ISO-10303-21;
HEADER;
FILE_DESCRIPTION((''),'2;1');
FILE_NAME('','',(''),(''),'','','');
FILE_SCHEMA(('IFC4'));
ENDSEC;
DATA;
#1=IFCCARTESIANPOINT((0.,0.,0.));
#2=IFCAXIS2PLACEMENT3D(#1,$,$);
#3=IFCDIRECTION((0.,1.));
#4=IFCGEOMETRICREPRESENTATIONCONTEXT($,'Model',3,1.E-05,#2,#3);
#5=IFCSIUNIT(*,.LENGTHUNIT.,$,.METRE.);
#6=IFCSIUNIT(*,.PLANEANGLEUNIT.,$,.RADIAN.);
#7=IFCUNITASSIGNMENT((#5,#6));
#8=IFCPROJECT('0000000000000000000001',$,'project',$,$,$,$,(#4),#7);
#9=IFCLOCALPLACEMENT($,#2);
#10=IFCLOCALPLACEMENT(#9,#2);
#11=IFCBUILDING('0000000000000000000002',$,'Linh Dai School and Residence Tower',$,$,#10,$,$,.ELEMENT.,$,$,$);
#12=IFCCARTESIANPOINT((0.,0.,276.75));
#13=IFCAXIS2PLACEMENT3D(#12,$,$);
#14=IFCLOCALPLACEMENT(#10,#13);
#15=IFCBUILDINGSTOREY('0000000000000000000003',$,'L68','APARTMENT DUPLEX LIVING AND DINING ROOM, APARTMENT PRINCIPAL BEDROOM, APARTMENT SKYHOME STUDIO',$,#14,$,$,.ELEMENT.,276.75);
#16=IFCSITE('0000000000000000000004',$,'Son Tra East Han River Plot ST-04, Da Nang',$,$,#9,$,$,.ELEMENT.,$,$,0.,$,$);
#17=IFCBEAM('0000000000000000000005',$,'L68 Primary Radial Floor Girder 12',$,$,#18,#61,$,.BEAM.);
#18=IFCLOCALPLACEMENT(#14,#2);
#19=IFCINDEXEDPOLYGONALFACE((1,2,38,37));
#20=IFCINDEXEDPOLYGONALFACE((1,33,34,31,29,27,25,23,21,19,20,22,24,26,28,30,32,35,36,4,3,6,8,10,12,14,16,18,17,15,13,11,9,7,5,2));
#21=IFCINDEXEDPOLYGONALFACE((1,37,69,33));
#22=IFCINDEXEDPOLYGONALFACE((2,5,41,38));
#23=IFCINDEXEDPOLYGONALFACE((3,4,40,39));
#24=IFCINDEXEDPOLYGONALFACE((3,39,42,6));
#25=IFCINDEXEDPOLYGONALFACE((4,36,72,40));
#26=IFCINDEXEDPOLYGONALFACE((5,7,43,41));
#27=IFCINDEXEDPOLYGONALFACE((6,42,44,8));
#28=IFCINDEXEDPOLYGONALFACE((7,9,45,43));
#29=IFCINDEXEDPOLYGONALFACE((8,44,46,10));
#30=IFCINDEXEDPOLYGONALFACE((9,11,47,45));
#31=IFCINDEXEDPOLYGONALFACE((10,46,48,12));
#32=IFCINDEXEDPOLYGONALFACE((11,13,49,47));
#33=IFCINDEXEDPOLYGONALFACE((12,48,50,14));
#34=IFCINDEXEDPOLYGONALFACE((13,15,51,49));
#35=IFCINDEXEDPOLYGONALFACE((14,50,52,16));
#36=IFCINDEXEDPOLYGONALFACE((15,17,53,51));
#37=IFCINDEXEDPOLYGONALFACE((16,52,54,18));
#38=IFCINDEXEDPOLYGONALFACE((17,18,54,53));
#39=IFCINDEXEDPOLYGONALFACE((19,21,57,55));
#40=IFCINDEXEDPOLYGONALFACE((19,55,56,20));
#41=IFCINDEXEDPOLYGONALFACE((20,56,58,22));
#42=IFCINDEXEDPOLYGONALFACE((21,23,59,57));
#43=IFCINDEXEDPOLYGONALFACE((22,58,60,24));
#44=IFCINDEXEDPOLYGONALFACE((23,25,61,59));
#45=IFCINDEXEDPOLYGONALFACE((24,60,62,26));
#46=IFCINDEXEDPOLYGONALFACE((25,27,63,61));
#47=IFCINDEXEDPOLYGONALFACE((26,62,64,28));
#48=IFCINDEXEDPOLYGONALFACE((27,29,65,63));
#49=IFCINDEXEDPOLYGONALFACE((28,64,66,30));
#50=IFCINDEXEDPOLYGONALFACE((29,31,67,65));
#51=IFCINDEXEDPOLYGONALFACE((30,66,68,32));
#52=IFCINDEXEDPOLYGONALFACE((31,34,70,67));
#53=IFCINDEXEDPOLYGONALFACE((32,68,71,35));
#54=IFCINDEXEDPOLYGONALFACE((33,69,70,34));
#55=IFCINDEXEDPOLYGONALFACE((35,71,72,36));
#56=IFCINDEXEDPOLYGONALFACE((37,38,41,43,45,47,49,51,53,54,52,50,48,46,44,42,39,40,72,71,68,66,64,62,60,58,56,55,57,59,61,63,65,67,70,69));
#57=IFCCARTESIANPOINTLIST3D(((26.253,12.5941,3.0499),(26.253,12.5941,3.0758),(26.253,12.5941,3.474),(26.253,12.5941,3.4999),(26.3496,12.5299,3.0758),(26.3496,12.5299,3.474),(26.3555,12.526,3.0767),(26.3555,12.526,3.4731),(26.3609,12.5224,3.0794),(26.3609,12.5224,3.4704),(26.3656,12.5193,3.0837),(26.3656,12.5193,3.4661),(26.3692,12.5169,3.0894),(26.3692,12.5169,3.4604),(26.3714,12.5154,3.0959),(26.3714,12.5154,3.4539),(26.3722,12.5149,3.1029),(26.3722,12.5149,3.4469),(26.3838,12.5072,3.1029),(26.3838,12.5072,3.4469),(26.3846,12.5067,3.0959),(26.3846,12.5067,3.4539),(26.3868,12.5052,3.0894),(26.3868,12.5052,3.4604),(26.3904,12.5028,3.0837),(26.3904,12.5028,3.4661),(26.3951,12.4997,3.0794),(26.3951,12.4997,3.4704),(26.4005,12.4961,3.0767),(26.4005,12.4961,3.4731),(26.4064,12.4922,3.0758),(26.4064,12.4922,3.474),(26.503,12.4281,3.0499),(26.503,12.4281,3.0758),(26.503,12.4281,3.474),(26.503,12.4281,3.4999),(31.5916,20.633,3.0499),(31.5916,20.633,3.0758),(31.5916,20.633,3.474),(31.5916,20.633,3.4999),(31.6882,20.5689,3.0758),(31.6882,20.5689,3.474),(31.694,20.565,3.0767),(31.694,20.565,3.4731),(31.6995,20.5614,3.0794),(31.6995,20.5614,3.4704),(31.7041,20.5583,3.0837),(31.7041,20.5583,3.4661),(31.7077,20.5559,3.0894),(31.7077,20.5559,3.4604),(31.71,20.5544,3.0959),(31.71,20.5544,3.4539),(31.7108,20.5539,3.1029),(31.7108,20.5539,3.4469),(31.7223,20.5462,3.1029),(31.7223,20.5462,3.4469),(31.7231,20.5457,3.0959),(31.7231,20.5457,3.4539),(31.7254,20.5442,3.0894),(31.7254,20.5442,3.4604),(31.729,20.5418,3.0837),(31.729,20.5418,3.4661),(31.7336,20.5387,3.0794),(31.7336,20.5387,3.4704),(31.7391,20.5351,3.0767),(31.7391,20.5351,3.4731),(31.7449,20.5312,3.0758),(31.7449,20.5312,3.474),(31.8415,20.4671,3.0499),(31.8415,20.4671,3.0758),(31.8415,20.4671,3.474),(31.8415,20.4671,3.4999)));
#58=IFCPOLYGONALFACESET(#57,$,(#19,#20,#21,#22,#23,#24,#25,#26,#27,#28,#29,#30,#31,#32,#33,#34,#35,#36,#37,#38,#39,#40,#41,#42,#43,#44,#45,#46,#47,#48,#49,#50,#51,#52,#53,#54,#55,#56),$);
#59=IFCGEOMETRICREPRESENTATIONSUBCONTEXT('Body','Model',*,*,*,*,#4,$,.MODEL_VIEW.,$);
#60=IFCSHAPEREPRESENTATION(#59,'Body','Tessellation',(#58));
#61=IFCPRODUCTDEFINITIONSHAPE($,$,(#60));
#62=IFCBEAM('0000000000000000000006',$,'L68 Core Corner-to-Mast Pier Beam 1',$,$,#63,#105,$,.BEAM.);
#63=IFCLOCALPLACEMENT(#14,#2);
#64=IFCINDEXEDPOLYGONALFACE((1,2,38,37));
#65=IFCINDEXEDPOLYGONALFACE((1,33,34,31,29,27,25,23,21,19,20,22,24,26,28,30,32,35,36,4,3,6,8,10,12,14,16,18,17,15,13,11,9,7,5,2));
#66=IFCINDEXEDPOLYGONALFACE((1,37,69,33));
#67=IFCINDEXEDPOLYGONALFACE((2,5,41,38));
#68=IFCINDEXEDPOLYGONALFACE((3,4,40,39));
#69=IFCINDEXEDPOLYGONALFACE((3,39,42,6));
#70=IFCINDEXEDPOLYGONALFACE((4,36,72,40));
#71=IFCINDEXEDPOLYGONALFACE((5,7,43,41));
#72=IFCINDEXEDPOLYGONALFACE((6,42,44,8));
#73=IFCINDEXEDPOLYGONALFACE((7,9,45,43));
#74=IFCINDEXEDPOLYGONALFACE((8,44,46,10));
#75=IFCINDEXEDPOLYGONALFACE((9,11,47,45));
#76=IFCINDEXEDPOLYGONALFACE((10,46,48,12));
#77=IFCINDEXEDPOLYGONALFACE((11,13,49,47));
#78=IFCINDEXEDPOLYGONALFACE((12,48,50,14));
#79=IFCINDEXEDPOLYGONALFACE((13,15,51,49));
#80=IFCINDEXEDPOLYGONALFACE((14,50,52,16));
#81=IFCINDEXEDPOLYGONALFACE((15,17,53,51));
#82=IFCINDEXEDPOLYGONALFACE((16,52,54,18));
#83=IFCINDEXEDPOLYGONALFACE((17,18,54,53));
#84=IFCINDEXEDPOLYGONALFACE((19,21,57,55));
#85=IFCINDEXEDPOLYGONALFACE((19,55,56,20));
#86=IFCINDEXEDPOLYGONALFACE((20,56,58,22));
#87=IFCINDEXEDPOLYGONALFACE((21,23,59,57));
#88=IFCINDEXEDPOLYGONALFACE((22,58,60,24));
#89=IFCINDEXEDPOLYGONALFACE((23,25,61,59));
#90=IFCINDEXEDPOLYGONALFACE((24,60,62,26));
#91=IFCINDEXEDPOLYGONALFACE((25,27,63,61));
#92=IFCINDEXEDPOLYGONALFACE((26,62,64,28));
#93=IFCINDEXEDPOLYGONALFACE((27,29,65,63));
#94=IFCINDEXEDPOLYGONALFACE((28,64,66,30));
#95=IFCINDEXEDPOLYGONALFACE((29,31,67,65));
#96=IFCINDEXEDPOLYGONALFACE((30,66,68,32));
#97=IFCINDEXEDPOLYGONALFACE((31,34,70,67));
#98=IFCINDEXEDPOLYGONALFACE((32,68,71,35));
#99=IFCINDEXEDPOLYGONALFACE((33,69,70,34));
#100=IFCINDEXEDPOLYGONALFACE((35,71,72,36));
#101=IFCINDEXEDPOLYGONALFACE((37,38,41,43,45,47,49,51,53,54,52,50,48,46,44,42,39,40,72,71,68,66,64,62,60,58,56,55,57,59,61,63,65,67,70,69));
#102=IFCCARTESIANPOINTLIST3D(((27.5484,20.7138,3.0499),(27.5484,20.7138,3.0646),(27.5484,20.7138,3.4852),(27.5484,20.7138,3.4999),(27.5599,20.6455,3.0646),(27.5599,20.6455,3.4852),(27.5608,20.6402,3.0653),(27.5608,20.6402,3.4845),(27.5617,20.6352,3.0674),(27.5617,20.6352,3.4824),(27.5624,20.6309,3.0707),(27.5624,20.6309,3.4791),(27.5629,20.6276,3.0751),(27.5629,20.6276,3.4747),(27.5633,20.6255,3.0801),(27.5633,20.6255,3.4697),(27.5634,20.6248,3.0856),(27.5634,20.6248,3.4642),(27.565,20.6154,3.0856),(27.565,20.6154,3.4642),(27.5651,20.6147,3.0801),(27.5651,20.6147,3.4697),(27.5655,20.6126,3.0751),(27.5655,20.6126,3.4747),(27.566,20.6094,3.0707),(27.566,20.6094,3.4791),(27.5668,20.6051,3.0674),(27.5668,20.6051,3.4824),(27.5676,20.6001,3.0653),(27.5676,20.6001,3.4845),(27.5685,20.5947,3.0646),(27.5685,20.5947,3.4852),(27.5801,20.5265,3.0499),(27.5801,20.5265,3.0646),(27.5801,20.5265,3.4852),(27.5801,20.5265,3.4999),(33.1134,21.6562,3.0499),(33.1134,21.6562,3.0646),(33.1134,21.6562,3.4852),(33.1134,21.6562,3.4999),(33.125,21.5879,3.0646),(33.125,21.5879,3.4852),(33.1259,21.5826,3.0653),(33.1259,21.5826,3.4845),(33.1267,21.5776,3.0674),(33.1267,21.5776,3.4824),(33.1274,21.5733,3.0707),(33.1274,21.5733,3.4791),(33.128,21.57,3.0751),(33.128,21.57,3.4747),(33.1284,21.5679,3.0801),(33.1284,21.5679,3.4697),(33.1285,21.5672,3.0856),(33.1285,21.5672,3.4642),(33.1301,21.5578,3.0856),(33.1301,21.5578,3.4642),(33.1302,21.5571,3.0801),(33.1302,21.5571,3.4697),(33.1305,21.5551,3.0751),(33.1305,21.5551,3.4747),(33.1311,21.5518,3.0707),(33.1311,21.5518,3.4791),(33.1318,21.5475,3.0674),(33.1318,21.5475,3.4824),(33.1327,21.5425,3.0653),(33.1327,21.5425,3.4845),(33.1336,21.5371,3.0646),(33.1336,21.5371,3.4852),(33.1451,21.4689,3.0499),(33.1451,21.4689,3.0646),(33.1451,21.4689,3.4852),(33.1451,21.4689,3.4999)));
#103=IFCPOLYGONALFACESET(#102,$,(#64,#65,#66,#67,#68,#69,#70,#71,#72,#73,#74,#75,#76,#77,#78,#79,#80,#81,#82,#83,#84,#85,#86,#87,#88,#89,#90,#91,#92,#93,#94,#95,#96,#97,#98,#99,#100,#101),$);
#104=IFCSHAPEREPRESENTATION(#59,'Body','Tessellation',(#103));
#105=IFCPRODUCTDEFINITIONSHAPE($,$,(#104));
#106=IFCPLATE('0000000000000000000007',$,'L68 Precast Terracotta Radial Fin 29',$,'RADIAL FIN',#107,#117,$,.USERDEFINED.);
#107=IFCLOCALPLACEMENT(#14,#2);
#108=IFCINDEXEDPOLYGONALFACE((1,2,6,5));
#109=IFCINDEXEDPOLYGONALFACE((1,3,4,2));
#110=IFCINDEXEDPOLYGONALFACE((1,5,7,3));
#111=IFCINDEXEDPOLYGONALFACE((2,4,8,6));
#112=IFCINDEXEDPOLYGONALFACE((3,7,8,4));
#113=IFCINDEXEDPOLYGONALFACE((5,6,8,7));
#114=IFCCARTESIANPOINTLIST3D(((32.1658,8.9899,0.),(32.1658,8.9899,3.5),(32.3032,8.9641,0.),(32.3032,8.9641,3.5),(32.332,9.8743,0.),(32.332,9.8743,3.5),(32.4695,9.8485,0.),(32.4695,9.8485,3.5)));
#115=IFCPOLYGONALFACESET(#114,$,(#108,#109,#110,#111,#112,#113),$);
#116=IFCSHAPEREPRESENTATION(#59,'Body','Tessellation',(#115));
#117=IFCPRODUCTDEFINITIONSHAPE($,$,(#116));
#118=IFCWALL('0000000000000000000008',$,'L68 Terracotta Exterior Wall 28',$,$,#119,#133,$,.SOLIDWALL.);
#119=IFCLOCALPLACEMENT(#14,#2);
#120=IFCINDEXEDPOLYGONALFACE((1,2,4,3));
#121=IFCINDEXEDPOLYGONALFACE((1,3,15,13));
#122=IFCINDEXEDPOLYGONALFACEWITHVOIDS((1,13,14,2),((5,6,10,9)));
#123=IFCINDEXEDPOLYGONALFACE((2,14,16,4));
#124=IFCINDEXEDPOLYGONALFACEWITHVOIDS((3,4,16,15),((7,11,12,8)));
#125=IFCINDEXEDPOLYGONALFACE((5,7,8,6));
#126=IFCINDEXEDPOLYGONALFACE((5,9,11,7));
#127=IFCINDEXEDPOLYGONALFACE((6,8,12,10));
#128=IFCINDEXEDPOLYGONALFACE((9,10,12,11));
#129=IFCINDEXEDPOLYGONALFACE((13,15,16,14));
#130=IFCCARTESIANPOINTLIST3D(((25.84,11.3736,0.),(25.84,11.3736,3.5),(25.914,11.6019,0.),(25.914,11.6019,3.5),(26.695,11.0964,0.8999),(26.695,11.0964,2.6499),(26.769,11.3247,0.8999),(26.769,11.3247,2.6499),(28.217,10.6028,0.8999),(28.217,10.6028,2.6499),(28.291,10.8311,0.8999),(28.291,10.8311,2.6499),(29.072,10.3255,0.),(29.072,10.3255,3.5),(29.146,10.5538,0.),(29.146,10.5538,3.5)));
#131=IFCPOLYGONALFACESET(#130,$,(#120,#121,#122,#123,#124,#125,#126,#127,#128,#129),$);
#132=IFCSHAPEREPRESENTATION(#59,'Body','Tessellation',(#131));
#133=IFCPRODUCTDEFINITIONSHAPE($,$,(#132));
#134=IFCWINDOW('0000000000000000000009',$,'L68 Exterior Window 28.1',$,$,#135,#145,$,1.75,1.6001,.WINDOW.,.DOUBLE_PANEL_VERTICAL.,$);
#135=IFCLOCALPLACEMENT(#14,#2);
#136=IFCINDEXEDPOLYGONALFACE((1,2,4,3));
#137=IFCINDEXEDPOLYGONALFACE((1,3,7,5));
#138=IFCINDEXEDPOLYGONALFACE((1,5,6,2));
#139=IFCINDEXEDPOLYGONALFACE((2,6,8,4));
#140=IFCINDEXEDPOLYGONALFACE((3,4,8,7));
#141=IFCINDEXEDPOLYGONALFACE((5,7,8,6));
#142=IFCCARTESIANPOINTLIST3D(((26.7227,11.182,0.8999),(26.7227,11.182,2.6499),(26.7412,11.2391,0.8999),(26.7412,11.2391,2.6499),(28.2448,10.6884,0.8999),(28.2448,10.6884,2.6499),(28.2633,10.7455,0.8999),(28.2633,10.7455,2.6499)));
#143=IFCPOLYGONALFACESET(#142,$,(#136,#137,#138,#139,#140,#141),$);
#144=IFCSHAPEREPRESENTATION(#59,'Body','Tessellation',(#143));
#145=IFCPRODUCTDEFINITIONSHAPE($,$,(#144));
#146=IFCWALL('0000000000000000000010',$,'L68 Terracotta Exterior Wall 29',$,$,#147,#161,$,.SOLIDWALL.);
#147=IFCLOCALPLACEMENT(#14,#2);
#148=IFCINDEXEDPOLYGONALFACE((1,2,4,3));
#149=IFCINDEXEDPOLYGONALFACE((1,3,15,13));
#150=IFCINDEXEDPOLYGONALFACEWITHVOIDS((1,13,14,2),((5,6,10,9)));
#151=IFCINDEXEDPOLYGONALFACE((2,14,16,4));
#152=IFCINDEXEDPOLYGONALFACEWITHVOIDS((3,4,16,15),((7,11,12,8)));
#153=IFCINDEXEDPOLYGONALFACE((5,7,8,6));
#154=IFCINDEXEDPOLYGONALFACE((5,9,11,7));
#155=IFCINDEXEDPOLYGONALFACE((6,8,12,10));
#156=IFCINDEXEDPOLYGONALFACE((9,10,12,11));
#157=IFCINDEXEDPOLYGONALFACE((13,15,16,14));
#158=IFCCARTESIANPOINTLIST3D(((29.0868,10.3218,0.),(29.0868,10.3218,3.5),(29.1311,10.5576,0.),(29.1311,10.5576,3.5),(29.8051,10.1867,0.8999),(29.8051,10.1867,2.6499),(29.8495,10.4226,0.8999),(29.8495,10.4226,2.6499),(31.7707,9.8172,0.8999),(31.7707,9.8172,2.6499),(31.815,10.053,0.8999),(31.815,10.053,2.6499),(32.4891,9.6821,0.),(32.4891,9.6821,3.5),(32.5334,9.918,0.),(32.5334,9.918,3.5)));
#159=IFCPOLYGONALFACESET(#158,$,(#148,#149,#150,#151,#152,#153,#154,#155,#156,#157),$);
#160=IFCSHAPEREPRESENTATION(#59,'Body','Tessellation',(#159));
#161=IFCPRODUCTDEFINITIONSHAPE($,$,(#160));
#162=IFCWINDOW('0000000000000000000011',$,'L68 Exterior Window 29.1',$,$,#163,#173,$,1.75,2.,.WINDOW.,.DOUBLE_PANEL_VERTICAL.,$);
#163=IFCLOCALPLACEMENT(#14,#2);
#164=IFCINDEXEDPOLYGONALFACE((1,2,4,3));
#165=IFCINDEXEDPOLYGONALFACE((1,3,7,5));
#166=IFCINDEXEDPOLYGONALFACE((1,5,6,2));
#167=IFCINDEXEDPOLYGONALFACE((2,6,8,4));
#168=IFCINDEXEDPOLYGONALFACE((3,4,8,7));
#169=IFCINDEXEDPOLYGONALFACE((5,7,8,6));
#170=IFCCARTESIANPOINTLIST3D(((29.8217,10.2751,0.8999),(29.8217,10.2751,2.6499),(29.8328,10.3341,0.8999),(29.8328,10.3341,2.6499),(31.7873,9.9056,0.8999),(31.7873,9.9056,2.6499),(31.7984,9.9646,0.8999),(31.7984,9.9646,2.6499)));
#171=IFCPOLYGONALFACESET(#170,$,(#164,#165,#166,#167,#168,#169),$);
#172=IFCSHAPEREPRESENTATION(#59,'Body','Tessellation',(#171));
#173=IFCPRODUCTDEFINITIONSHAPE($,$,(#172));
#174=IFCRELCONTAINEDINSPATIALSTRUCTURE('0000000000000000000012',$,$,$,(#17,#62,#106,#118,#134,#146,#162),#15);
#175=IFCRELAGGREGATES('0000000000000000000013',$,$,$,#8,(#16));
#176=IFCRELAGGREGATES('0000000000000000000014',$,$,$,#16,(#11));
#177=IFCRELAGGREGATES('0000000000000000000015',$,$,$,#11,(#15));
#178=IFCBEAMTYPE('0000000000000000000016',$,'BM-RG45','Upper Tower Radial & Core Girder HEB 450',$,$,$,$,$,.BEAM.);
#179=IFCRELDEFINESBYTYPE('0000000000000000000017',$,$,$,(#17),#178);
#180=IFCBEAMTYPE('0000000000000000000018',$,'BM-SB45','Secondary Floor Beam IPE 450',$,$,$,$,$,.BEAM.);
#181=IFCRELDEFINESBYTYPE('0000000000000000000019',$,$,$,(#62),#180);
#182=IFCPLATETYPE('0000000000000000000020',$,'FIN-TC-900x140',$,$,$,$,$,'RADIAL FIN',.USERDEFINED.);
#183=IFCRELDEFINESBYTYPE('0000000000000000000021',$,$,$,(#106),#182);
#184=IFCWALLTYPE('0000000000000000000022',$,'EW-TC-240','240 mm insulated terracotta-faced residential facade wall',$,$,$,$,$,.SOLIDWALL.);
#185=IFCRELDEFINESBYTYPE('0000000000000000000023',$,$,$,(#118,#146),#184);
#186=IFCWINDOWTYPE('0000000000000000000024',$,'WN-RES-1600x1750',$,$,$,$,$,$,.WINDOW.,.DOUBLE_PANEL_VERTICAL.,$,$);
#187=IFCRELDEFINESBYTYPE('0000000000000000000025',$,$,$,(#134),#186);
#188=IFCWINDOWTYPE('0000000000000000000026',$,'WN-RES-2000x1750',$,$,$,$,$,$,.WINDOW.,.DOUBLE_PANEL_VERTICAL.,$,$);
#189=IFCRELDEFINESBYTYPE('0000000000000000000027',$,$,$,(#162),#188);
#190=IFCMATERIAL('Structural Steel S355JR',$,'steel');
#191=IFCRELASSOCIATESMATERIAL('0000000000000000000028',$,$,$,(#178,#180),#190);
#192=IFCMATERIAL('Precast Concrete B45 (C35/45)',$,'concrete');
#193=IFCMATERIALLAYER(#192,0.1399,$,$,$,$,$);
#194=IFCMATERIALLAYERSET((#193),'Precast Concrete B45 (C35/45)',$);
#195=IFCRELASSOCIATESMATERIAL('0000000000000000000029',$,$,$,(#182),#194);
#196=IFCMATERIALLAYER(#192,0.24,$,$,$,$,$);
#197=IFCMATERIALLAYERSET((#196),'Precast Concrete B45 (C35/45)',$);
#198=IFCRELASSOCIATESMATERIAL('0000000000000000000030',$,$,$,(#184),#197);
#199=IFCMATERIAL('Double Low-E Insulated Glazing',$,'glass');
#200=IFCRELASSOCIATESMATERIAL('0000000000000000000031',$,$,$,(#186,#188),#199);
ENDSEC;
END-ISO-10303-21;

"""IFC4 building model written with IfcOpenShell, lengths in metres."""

from ifc_helpers import new_model, si_unit, direction, frame, frame_2d, origin, origin_2d, place, context, subcontext, project, spatial, rectangle, i_section, extrude, source, transform, mapped, material, layer, layer_set, material_profile, profile_set, type_object, element, fill, save


model = new_model("IFC4")

# Units and contexts
model_context = context("Model", 3, precision=1e-05, world=origin(), true_north=direction((0.0, 1.0)))
body_context = subcontext(model_context, "Body", "Model", "MODEL_VIEW")
ifc_project = project(units=[si_unit("LENGTHUNIT", "METRE"), si_unit("PLANEANGLEUNIT", "RADIAN")], contexts=[model_context])

# Site, building, storey
site_placement = place(None, origin())
site = spatial("IfcSite", under=ifc_project, at=site_placement, Name="Son Tra East Han River Plot ST-04, Da Nang", CompositionType="ELEMENT", RefElevation=0.0)
building_placement = place(site_placement, origin())
building = spatial("IfcBuilding", under=site, at=building_placement, Name="Linh Dai School and Residence Tower", CompositionType="ELEMENT")
storey_placement = place(building_placement, frame((0.0, 0.0, 276.75)))
storey = spatial("IfcBuildingStorey", under=building, at=storey_placement, Name="L68", Description="APARTMENT DUPLEX LIVING AND DINING ROOM, APARTMENT PRINCIPAL BEDROOM, APARTMENT SKYHOME STUDIO", CompositionType="ELEMENT", Elevation=276.75)

# Shared definitions
ifc_material_1 = material(Name="Structural Steel S355JR", Category="steel")

# Beams
ifc_material_profile_1 = material_profile(ifc_material_1, i_section(OverallWidth=0.3, OverallDepth=0.45, WebThickness=0.0139, FlangeThickness=0.0259, FilletRadius=0.0271, at=origin_2d()), Name="HEB 450")
ifc_profile_set_1 = profile_set([ifc_material_profile_1], Name="Structural Steel S355JR")
beam_type_1 = type_object("IfcBeamType", Name="BM-RG45", Description="Upper Tower Radial & Core Girder HEB 450", PredefinedType="BEAM", material=ifc_profile_set_1)
beam_1_placement = place(storey_placement, frame((31.7166, 20.55, 3.2749), z_axis=(-0.553211, -0.833041, 0.0), x_axis=(0.833041, -0.553211, 0.0)))
element("IfcBeam", 1, at=beam_1_placement, inside=storey, type_object=beam_type_1, Name="L68 Primary Radial Floor Girder 12", PredefinedType="BEAM", context=body_context, shape_type="SweptSolid", body=[
    extrude(i_section(OverallWidth=0.3, OverallDepth=0.45, WebThickness=0.0139, FlangeThickness=0.0259, FilletRadius=0.0271, at=origin_2d()), origin(), (0.0, 0.0, 1.0), 9.6501),
])
ifc_material_profile_2 = material_profile(ifc_material_1, i_section(OverallWidth=0.1899, OverallDepth=0.45, WebThickness=0.0095, FlangeThickness=0.0146, FilletRadius=0.021, at=origin_2d()), Name="IPE 450")
ifc_profile_set_2 = profile_set([ifc_material_profile_2], Name="Structural Steel S355JR")
beam_type_2 = type_object("IfcBeamType", Name="BM-SB45", Description="Secondary Floor Beam IPE 450", PredefinedType="BEAM", material=ifc_profile_set_2)
beam_2_placement = place(storey_placement, frame((27.5642, 20.6201, 3.2749), z_axis=(0.985963, 0.166966, 0.0), x_axis=(-0.166966, 0.985963, 0.0)))
element("IfcBeam", 2, at=beam_2_placement, inside=storey, type_object=beam_type_2, Name="L68 Core Corner-to-Mast Pier Beam 1", PredefinedType="BEAM", context=body_context, shape_type="SweptSolid", body=[
    extrude(i_section(OverallWidth=0.1899, OverallDepth=0.45, WebThickness=0.0095, FlangeThickness=0.0146, FilletRadius=0.021, at=origin_2d()), origin(), (0.0, 0.0, 1.0), 5.6443),
])

# Plate
ifc_material_2 = material(Name="Precast Concrete B45 (C35/45)", Category="concrete")
ifc_layer_1 = layer(ifc_material_2, 0.1399)
ifc_layer_set_1 = layer_set([ifc_layer_1], Name="Precast Concrete B45 (C35/45)")
plate_type = type_object("IfcPlateType", Name="FIN-TC-900x140", ElementType="RADIAL FIN", PredefinedType="USERDEFINED", material=ifc_layer_set_1)
shared_shape_1 = source(origin(), body_context, "Body", "SweptSolid", [
    extrude(rectangle(XDim=0.8999, YDim=0.1399, at=origin_2d()), origin(), (0.0, 0.0, 1.0), 3.5),
])
plate_placement = place(storey_placement, frame((32.3176, 9.4192, 0.0), z_axis=(0.0, 0.0, 1.0), x_axis=(-0.184751, -0.982785, 0.0)))
element("IfcPlate", 3, at=plate_placement, inside=storey, type_object=plate_type, Name="L68 Precast Terracotta Radial Fin 29", ObjectType="RADIAL FIN", PredefinedType="USERDEFINED", context=body_context, shape_type="MappedRepresentation", body=[
    mapped(shared_shape_1, transform((0.0, 0.0, 0.0), x_axis=(1.0, 0.0, 0.0), y_axis=(0.0, 1.0, 0.0), z_axis=(0.0, 0.0, 1.0), scale=1.0)),
])

# Walls, openings, windows
ifc_layer_2 = layer(ifc_material_2, 0.24)
ifc_layer_set_2 = layer_set([ifc_layer_2], Name="Precast Concrete B45 (C35/45)")
wall_type_1 = type_object("IfcWallType", Name="EW-TC-240", Description="240 mm insulated terracotta-faced residential facade wall", PredefinedType="SOLIDWALL", material=ifc_layer_set_2)
wall_1_placement = place(storey_placement, frame((29.1089, 10.4397, 0.0), z_axis=(0.0, 0.0, 1.0), x_axis=(-0.951231, 0.308478, 0.0)))
wall_1 = element("IfcWall", 4, at=wall_1_placement, inside=storey, type_object=wall_type_1, Name="L68 Terracotta Exterior Wall 28", PredefinedType="SOLIDWALL", context=body_context, shape_type="SweptSolid", body=[
    extrude(rectangle(XDim=3.3977, YDim=0.24, at=frame_2d((1.6987, 0.0))), origin(), (0.0, 0.0, 1.0), 3.5),
])
opening_1_placement = place(wall_1_placement, frame((0.8987, 0.0, 0.8999)))
opening_1 = element("IfcOpeningElement", 5, at=opening_1_placement, cuts=wall_1, PredefinedType="OPENING", context=body_context, shape_type="SweptSolid", body=[
    extrude(rectangle(XDim=1.6001, YDim=1.75, at=origin_2d()), frame((0.8, 0.1299, 0.875), z_axis=(0.0, -1.0, 0.0), x_axis=(1.0, 0.0, 0.0)), (0.0, 0.0, 1.0), 0.26),
])
ifc_material_3 = material(Name="Double Low-E Insulated Glazing", Category="glass")
window_type_1 = type_object("IfcWindowType", Name="WN-RES-1600x1750", PartitioningType="DOUBLE_PANEL_VERTICAL", PredefinedType="WINDOW", material=ifc_material_3)
shared_shape_2 = source(origin(), body_context, "Body", "SweptSolid", [
    extrude(rectangle(XDim=1.6001, YDim=1.75, at=origin_2d()), frame((0.8, 0.03, 0.875), z_axis=(0.0, -1.0, 0.0), x_axis=(1.0, 0.0, 0.0)), (0.0, 0.0, 1.0), 0.0601),
])
window_1_placement = place(opening_1_placement, origin())
window_1 = element("IfcWindow", 6, at=window_1_placement, inside=storey, type_object=window_type_1, Name="L68 Exterior Window 28.1", OverallHeight=1.75, OverallWidth=1.6001, PartitioningType="DOUBLE_PANEL_VERTICAL", PredefinedType="WINDOW", context=body_context, shape_type="MappedRepresentation", body=[
    mapped(shared_shape_2, transform((0.0, 0.0, 0.0), x_axis=(1.0, 0.0, 0.0), y_axis=(0.0, 1.0, 0.0), z_axis=(0.0, 0.0, 1.0), scale=1.0)),
])
fill(opening_1, window_1)
wall_2_placement = place(storey_placement, frame((32.5112, 9.8, 0.0), z_axis=(0.0, 0.0, 1.0), x_axis=(-0.982783, 0.184765, 0.0)))
wall_2 = element("IfcWall", 7, at=wall_2_placement, inside=storey, type_object=wall_type_1, Name="L68 Terracotta Exterior Wall 29", PredefinedType="SOLIDWALL", context=body_context, shape_type="SweptSolid", body=[
    extrude(rectangle(XDim=3.4619, YDim=0.24, at=frame_2d((1.731, 0.0))), origin(), (0.0, 0.0, 1.0), 3.5),
])
opening_2_placement = place(wall_2_placement, frame((0.731, 0.0, 0.8999)))
opening_2 = element("IfcOpeningElement", 8, at=opening_2_placement, cuts=wall_2, PredefinedType="OPENING", context=body_context, shape_type="SweptSolid", body=[
    extrude(rectangle(XDim=2.0, YDim=1.75, at=origin_2d()), frame((1.0, 0.1299, 0.875), z_axis=(0.0, -1.0, 0.0), x_axis=(1.0, 0.0, 0.0)), (0.0, 0.0, 1.0), 0.26),
])
window_type_2 = type_object("IfcWindowType", Name="WN-RES-2000x1750", PartitioningType="DOUBLE_PANEL_VERTICAL", PredefinedType="WINDOW", material=ifc_material_3)
shared_shape_3 = source(origin(), body_context, "Body", "SweptSolid", [
    extrude(rectangle(XDim=2.0, YDim=1.75, at=origin_2d()), frame((1.0, 0.03, 0.875), z_axis=(0.0, -1.0, 0.0), x_axis=(1.0, 0.0, 0.0)), (0.0, 0.0, 1.0), 0.0601),
])
window_2_placement = place(opening_2_placement, origin())
window_2 = element("IfcWindow", 9, at=window_2_placement, inside=storey, type_object=window_type_2, Name="L68 Exterior Window 29.1", OverallHeight=1.75, OverallWidth=2.0, PartitioningType="DOUBLE_PANEL_VERTICAL", PredefinedType="WINDOW", context=body_context, shape_type="MappedRepresentation", body=[
    mapped(shared_shape_3, transform((0.0, 0.0, 0.0), x_axis=(1.0, 0.0, 0.0), y_axis=(0.0, 1.0, 0.0), z_axis=(0.0, 0.0, 1.0), scale=1.0)),
])
fill(opening_2, window_2)

save(model, "model.ifc")
